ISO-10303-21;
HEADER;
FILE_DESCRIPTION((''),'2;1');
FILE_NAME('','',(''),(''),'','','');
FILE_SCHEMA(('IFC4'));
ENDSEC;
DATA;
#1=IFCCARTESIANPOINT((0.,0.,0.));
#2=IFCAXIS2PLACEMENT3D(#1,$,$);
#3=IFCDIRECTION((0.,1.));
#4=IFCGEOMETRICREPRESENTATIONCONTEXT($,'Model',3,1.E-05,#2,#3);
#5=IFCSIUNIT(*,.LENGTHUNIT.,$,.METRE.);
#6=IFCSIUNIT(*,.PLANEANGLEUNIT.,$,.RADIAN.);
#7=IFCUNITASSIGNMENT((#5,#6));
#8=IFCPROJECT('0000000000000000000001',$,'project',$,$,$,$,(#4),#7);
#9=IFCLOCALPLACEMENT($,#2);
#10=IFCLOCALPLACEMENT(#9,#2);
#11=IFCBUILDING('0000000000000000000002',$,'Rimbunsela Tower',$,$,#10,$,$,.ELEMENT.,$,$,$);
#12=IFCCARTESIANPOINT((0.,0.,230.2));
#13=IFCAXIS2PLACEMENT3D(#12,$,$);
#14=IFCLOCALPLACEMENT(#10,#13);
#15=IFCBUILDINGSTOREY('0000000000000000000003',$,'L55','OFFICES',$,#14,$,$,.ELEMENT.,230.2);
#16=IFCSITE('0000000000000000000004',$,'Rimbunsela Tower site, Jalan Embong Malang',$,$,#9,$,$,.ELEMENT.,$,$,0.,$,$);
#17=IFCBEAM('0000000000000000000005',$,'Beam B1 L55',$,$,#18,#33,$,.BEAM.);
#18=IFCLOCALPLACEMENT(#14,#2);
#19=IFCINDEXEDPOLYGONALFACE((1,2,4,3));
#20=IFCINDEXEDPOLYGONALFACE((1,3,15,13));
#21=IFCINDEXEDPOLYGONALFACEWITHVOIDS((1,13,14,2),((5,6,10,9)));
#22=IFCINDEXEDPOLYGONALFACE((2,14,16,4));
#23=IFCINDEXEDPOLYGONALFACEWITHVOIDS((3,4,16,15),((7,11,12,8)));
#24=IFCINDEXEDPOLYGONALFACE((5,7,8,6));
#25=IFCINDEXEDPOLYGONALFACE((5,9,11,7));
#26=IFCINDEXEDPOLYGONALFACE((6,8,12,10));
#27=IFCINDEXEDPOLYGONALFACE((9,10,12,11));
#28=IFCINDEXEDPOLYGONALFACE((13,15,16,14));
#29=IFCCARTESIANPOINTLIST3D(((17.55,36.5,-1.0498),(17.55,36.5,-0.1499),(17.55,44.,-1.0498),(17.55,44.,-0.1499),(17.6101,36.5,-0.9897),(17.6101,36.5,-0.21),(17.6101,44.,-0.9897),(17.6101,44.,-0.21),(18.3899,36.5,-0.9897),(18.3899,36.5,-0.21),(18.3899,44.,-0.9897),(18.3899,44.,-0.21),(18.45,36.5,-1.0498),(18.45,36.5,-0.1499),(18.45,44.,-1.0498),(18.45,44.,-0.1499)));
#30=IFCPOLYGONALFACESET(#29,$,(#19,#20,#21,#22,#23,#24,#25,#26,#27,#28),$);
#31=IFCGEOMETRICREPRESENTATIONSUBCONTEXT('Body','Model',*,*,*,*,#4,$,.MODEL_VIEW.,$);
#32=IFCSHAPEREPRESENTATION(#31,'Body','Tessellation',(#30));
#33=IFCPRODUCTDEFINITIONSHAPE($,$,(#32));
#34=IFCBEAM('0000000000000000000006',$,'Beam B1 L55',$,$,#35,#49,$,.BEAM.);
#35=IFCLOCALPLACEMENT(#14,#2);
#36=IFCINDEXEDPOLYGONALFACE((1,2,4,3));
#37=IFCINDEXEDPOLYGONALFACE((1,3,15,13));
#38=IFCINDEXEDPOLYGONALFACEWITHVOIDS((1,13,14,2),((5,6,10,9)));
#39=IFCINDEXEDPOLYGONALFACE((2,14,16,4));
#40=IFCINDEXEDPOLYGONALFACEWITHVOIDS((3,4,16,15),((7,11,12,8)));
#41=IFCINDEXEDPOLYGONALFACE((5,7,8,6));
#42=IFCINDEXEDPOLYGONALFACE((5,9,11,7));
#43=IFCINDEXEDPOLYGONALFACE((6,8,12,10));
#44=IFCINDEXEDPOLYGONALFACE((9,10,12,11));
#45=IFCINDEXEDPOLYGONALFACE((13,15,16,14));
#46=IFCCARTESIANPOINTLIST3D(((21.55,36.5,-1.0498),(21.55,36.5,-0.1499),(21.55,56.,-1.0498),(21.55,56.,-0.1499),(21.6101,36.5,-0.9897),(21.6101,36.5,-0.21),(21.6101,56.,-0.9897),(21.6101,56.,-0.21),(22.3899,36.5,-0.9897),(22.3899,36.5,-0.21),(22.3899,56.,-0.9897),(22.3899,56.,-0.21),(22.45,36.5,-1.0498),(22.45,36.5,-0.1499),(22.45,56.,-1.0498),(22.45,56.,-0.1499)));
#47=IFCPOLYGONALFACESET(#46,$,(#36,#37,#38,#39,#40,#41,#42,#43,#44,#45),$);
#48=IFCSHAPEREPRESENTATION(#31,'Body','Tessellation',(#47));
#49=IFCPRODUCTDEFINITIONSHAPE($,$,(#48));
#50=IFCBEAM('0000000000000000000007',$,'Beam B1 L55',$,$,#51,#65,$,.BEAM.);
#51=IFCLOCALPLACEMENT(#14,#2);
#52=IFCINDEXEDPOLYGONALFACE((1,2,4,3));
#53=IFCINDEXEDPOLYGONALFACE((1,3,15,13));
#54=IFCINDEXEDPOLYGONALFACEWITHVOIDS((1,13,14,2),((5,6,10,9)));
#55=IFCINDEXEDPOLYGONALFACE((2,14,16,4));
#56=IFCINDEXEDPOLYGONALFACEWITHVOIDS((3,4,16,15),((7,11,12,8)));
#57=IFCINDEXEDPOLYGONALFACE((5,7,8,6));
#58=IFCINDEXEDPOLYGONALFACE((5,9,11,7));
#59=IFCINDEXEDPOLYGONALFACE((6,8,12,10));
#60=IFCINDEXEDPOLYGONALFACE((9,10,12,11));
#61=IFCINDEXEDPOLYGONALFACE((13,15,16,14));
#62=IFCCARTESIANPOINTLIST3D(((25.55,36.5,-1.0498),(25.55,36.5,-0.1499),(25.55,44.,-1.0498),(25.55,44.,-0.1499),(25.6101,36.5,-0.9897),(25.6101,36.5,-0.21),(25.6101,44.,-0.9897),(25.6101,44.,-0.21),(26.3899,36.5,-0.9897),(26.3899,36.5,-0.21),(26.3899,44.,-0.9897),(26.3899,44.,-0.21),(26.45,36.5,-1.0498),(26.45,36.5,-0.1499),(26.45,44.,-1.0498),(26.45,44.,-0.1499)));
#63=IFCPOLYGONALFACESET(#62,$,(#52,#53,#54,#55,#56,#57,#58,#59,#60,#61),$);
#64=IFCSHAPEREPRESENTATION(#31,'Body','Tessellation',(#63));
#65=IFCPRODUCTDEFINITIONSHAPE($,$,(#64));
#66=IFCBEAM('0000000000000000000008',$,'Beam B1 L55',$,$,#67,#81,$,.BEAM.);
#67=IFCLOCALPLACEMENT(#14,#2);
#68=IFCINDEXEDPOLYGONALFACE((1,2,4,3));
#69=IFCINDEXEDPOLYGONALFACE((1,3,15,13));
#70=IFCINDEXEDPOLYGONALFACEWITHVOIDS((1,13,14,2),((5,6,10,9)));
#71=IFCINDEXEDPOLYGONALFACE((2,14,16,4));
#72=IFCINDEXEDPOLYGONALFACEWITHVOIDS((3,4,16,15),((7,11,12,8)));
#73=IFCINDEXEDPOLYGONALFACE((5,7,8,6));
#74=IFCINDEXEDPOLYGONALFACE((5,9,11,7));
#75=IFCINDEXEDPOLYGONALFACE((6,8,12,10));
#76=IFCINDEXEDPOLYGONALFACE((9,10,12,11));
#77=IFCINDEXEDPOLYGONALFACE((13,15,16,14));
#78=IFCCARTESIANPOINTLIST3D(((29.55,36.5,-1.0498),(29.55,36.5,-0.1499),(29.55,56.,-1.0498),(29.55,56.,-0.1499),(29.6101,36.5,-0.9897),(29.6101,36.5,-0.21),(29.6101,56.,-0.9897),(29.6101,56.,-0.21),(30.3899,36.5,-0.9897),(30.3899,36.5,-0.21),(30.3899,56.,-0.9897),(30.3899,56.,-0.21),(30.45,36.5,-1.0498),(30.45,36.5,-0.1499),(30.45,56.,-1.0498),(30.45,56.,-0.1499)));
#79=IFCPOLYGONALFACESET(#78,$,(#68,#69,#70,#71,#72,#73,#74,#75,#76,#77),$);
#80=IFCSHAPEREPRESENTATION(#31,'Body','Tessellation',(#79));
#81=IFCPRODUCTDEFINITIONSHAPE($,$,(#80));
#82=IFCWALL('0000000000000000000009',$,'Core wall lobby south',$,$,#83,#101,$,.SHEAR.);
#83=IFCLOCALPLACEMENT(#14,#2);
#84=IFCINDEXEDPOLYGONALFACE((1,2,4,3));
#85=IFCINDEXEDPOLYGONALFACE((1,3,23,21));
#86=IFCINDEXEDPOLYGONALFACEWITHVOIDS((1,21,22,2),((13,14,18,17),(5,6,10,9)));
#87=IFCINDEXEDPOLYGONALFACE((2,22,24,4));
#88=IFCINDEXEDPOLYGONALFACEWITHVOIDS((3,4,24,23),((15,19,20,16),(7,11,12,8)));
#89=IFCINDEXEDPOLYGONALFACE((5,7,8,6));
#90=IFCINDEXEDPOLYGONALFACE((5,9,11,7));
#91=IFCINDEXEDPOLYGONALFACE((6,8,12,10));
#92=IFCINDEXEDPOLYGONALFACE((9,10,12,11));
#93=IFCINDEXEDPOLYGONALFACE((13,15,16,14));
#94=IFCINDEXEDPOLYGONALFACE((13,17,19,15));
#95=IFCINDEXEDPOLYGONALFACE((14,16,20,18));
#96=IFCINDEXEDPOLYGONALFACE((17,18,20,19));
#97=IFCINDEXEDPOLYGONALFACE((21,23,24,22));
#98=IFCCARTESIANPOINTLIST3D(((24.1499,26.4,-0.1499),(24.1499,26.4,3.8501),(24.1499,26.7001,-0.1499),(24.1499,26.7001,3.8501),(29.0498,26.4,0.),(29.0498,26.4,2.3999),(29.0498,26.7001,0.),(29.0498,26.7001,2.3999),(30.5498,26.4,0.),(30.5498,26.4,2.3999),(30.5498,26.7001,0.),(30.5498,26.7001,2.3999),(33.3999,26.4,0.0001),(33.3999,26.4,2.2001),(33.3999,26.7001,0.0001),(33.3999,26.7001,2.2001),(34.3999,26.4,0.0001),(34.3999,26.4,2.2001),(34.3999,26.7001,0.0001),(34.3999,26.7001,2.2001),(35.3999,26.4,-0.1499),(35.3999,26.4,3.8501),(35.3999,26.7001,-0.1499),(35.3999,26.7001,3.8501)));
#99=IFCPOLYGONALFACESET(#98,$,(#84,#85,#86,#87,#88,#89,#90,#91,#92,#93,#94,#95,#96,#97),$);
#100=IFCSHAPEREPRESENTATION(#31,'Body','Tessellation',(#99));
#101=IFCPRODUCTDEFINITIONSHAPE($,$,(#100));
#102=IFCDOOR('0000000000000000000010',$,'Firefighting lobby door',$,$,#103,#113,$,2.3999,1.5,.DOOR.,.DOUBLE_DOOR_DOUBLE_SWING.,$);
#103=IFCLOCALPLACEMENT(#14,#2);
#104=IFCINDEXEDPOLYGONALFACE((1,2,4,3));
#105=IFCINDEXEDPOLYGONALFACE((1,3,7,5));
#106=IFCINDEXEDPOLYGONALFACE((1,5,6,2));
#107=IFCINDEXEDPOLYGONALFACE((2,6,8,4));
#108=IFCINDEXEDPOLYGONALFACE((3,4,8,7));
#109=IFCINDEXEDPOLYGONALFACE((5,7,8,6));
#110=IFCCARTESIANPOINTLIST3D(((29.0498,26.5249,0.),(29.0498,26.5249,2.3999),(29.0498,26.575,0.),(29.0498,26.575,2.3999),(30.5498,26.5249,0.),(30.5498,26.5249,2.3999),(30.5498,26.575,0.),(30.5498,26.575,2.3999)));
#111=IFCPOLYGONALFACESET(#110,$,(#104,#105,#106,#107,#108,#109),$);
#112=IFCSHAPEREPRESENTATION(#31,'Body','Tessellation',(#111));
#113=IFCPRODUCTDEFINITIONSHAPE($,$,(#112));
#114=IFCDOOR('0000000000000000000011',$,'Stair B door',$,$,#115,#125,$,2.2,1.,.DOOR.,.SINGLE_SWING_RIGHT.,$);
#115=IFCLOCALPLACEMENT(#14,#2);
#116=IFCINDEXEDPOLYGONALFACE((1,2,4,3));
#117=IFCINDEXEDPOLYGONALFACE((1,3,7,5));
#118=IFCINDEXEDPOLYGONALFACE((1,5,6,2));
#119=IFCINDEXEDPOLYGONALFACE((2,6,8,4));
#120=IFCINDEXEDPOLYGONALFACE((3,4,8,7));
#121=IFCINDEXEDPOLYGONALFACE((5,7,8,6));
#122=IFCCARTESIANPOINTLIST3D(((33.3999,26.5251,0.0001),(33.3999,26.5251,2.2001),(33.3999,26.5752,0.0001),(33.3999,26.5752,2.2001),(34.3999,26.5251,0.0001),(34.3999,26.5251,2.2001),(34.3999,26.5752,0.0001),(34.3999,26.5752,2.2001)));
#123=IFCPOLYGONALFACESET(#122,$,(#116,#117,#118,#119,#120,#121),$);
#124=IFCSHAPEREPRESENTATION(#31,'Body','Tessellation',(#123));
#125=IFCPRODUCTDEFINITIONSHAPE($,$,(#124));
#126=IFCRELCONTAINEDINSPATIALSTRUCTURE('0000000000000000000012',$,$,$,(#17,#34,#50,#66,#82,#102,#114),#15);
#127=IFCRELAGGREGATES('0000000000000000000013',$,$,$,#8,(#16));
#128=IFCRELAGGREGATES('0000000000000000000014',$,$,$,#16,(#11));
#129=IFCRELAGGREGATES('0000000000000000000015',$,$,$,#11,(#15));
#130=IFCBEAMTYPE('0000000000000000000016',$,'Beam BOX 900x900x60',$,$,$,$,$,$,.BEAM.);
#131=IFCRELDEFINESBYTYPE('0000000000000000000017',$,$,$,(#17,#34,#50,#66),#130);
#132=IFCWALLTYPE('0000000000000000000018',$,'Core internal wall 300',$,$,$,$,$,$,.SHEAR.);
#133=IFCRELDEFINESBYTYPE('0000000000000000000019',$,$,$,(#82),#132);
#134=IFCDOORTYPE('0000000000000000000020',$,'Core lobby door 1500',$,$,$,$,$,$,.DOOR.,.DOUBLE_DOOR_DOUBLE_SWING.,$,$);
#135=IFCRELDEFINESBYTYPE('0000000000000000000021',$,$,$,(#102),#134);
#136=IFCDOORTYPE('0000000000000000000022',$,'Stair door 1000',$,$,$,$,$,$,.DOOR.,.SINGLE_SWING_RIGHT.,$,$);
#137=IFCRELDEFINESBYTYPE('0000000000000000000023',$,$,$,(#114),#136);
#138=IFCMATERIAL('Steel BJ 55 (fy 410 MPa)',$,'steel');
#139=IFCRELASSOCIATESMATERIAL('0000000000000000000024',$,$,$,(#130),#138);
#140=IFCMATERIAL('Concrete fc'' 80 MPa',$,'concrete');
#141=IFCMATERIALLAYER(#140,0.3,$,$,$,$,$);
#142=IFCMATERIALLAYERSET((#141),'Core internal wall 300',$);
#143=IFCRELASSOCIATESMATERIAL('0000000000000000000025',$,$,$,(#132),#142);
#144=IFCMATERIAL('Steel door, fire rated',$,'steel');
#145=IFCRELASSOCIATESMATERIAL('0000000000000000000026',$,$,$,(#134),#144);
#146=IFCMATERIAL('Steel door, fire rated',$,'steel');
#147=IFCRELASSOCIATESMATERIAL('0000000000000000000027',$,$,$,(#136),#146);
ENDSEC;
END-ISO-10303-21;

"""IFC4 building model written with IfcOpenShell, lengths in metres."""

from ifc_helpers import new_model, si_unit, direction, frame, frame_2d, origin, origin_2d, place, context, subcontext, project, spatial, rectangle, hollow_rectangle, extrude, material, layer, layer_set, material_profile, profile_set, type_object, element, fill, save


model = new_model("IFC4")

# Units and contexts
model_context = context("Model", 3, precision=1e-05, world=origin(), true_north=direction((0.0, 1.0)))
body_context = subcontext(model_context, "Body", "Model", "MODEL_VIEW")
ifc_project = project(units=[si_unit("LENGTHUNIT", "METRE"), si_unit("PLANEANGLEUNIT", "RADIAN")], contexts=[model_context])

# Site, building, storey
site_placement = place(None, origin())
site = spatial("IfcSite", under=ifc_project, at=site_placement, Name="Rimbunsela Tower site, Jalan Embong Malang", CompositionType="ELEMENT", RefElevation=0.0)
building_placement = place(site_placement, origin())
building = spatial("IfcBuilding", under=site, at=building_placement, Name="Rimbunsela Tower", CompositionType="ELEMENT")
storey_placement = place(building_placement, frame((0.0, 0.0, 230.2)))
storey = spatial("IfcBuildingStorey", under=building, at=storey_placement, Name="L55", Description="OFFICES", CompositionType="ELEMENT", Elevation=230.2)

# Beams
ifc_material_1 = material(Name="Steel BJ 55 (fy 410 MPa)", Category="steel")
ifc_material_profile = material_profile(ifc_material_1, hollow_rectangle(XDim=0.8999, YDim=0.8999, WallThickness=0.0601, at=origin_2d()), Name="BOX 900x900x60")
ifc_profile_set = profile_set([ifc_material_profile], Name="Steel BJ 55 (fy 410 MPa)")
beam_type = type_object("IfcBeamType", Name="Beam BOX 900x900x60", PredefinedType="BEAM", material=ifc_profile_set)
beam_1_placement = place(storey_placement, frame((18.0, 36.5, -0.5999), z_axis=(0.0, 1.0, 0.0), x_axis=(-1.0, 0.0, 0.0)))
element("IfcBeam", 1, at=beam_1_placement, inside=storey, type_object=beam_type, Name="Beam B1 L55", PredefinedType="BEAM", context=body_context, shape_type="SweptSolid", body=[
    extrude(hollow_rectangle(XDim=0.8999, YDim=0.8999, WallThickness=0.0601, at=origin_2d()), origin(), (0.0, 0.0, 1.0), 7.5),
])
beam_2_placement = place(storey_placement, frame((22.0, 36.5, -0.5999), z_axis=(0.0, 1.0, 0.0), x_axis=(-1.0, 0.0, 0.0)))
element("IfcBeam", 2, at=beam_2_placement, inside=storey, type_object=beam_type, Name="Beam B1 L55", PredefinedType="BEAM", context=body_context, shape_type="SweptSolid", body=[
    extrude(hollow_rectangle(XDim=0.8999, YDim=0.8999, WallThickness=0.0601, at=origin_2d()), origin(), (0.0, 0.0, 1.0), 19.5),
])
beam_3_placement = place(storey_placement, frame((26.0, 36.5, -0.5999), z_axis=(0.0, 1.0, 0.0), x_axis=(-1.0, 0.0, 0.0)))
element("IfcBeam", 3, at=beam_3_placement, inside=storey, type_object=beam_type, Name="Beam B1 L55", PredefinedType="BEAM", context=body_context, shape_type="SweptSolid", body=[
    extrude(hollow_rectangle(XDim=0.8999, YDim=0.8999, WallThickness=0.0601, at=origin_2d()), origin(), (0.0, 0.0, 1.0), 7.5),
])
beam_4_placement = place(storey_placement, frame((30.0, 36.5, -0.5999), z_axis=(0.0, 1.0, 0.0), x_axis=(-1.0, 0.0, 0.0)))
element("IfcBeam", 4, at=beam_4_placement, inside=storey, type_object=beam_type, Name="Beam B1 L55", PredefinedType="BEAM", context=body_context, shape_type="SweptSolid", body=[
    extrude(hollow_rectangle(XDim=0.8999, YDim=0.8999, WallThickness=0.0601, at=origin_2d()), origin(), (0.0, 0.0, 1.0), 19.5),
])

# Wall, openings, doors
ifc_material_2 = material(Name="Concrete fc' 80 MPa", Category="concrete")
ifc_layer_1 = layer(ifc_material_2, 0.3)
ifc_layer_set_1 = layer_set([ifc_layer_1], Name="Core internal wall 300")
wall_type_1 = type_object("IfcWallType", Name="Core internal wall 300", PredefinedType="SHEAR", material=ifc_layer_set_1)
wall_1_placement = place(storey_placement, frame((24.1499, 26.55, -0.1499), z_axis=(0.0, 0.0, 1.0), x_axis=(1.0, 0.0, 0.0)))
wall_1 = element("IfcWall", 5, at=wall_1_placement, inside=storey, type_object=wall_type_1, Name="Core wall lobby south", PredefinedType="SHEAR", context=body_context, shape_type="SweptSolid", body=[
    extrude(rectangle(XDim=11.25, YDim=0.3, at=frame_2d((5.625, 0.0))), origin(), (0.0, 0.0, 1.0), 4.0),
])
opening_1_placement = place(wall_1_placement, frame((9.25, 0.0, 0.1499)))
opening_1 = element("IfcOpeningElement", 6, at=opening_1_placement, cuts=wall_1, PredefinedType="OPENING", context=body_context, shape_type="SweptSolid", body=[
    extrude(rectangle(XDim=1.0, YDim=2.2, at=frame_2d((0.5, 1.1001))), frame((0.0, 0.1599, 0.0), z_axis=(0.0, -1.0, 0.0), x_axis=(1.0, 0.0, 0.0)), (0.0, 0.0, 1.0), 0.3201),
])
opening_2_placement = place(wall_1_placement, frame((4.8999, 0.0, 0.1499)))
opening_2 = element("IfcOpeningElement", 7, at=opening_2_placement, cuts=wall_1, PredefinedType="OPENING", context=body_context, shape_type="SweptSolid", body=[
    extrude(rectangle(XDim=1.5, YDim=2.3999, at=frame_2d((0.75, 1.2))), frame((0.0, 0.1599, 0.0), z_axis=(0.0, -1.0, 0.0), x_axis=(1.0, 0.0, 0.0)), (0.0, 0.0, 1.0), 0.3201),
])
ifc_material_3 = material(Name="Steel door, fire rated", Category="steel")
door_type_1 = type_object("IfcDoorType", Name="Core lobby door 1500", OperationType="DOUBLE_DOOR_DOUBLE_SWING", PredefinedType="DOOR", material=ifc_material_3)
door_1_placement = place(opening_2_placement, origin())
door_1 = element("IfcDoor", 8, at=door_1_placement, inside=storey, type_object=door_type_1, Name="Firefighting lobby door", OperationType="DOUBLE_DOOR_DOUBLE_SWING", OverallHeight=2.3999, OverallWidth=1.5, PredefinedType="DOOR", context=body_context, shape_type="SweptSolid", body=[
    extrude(rectangle(XDim=1.5, YDim=2.3999, at=frame_2d((0.75, 1.2))), frame((0.0, 0.0249, 0.0), z_axis=(0.0, -1.0, 0.0), x_axis=(1.0, 0.0, 0.0)), (0.0, 0.0, 1.0), 0.05),
])
fill(opening_2, door_1)
ifc_material_4 = material(Name="Steel door, fire rated", Category="steel")
door_type_2 = type_object("IfcDoorType", Name="Stair door 1000", OperationType="SINGLE_SWING_RIGHT", PredefinedType="DOOR", material=ifc_material_4)
door_2_placement = place(opening_1_placement, frame((1.0, 0.0, 0.0), z_axis=(0.0, 0.0, 1.0), x_axis=(-1.0, 0.0, 0.0)))
door_2 = element("IfcDoor", 9, at=door_2_placement, inside=storey, type_object=door_type_2, Name="Stair B door", OperationType="SINGLE_SWING_RIGHT", OverallHeight=2.2, OverallWidth=1.0, PredefinedType="DOOR", context=body_context, shape_type="SweptSolid", body=[
    extrude(rectangle(XDim=1.0, YDim=2.2, at=frame_2d((0.5, 1.1001))), frame((0.0, 0.0249, 0.0), z_axis=(0.0, -1.0, 0.0), x_axis=(1.0, 0.0, 0.0)), (0.0, 0.0, 1.0), 0.05),
])
fill(opening_1, door_2)

save(model, "model.ifc")
